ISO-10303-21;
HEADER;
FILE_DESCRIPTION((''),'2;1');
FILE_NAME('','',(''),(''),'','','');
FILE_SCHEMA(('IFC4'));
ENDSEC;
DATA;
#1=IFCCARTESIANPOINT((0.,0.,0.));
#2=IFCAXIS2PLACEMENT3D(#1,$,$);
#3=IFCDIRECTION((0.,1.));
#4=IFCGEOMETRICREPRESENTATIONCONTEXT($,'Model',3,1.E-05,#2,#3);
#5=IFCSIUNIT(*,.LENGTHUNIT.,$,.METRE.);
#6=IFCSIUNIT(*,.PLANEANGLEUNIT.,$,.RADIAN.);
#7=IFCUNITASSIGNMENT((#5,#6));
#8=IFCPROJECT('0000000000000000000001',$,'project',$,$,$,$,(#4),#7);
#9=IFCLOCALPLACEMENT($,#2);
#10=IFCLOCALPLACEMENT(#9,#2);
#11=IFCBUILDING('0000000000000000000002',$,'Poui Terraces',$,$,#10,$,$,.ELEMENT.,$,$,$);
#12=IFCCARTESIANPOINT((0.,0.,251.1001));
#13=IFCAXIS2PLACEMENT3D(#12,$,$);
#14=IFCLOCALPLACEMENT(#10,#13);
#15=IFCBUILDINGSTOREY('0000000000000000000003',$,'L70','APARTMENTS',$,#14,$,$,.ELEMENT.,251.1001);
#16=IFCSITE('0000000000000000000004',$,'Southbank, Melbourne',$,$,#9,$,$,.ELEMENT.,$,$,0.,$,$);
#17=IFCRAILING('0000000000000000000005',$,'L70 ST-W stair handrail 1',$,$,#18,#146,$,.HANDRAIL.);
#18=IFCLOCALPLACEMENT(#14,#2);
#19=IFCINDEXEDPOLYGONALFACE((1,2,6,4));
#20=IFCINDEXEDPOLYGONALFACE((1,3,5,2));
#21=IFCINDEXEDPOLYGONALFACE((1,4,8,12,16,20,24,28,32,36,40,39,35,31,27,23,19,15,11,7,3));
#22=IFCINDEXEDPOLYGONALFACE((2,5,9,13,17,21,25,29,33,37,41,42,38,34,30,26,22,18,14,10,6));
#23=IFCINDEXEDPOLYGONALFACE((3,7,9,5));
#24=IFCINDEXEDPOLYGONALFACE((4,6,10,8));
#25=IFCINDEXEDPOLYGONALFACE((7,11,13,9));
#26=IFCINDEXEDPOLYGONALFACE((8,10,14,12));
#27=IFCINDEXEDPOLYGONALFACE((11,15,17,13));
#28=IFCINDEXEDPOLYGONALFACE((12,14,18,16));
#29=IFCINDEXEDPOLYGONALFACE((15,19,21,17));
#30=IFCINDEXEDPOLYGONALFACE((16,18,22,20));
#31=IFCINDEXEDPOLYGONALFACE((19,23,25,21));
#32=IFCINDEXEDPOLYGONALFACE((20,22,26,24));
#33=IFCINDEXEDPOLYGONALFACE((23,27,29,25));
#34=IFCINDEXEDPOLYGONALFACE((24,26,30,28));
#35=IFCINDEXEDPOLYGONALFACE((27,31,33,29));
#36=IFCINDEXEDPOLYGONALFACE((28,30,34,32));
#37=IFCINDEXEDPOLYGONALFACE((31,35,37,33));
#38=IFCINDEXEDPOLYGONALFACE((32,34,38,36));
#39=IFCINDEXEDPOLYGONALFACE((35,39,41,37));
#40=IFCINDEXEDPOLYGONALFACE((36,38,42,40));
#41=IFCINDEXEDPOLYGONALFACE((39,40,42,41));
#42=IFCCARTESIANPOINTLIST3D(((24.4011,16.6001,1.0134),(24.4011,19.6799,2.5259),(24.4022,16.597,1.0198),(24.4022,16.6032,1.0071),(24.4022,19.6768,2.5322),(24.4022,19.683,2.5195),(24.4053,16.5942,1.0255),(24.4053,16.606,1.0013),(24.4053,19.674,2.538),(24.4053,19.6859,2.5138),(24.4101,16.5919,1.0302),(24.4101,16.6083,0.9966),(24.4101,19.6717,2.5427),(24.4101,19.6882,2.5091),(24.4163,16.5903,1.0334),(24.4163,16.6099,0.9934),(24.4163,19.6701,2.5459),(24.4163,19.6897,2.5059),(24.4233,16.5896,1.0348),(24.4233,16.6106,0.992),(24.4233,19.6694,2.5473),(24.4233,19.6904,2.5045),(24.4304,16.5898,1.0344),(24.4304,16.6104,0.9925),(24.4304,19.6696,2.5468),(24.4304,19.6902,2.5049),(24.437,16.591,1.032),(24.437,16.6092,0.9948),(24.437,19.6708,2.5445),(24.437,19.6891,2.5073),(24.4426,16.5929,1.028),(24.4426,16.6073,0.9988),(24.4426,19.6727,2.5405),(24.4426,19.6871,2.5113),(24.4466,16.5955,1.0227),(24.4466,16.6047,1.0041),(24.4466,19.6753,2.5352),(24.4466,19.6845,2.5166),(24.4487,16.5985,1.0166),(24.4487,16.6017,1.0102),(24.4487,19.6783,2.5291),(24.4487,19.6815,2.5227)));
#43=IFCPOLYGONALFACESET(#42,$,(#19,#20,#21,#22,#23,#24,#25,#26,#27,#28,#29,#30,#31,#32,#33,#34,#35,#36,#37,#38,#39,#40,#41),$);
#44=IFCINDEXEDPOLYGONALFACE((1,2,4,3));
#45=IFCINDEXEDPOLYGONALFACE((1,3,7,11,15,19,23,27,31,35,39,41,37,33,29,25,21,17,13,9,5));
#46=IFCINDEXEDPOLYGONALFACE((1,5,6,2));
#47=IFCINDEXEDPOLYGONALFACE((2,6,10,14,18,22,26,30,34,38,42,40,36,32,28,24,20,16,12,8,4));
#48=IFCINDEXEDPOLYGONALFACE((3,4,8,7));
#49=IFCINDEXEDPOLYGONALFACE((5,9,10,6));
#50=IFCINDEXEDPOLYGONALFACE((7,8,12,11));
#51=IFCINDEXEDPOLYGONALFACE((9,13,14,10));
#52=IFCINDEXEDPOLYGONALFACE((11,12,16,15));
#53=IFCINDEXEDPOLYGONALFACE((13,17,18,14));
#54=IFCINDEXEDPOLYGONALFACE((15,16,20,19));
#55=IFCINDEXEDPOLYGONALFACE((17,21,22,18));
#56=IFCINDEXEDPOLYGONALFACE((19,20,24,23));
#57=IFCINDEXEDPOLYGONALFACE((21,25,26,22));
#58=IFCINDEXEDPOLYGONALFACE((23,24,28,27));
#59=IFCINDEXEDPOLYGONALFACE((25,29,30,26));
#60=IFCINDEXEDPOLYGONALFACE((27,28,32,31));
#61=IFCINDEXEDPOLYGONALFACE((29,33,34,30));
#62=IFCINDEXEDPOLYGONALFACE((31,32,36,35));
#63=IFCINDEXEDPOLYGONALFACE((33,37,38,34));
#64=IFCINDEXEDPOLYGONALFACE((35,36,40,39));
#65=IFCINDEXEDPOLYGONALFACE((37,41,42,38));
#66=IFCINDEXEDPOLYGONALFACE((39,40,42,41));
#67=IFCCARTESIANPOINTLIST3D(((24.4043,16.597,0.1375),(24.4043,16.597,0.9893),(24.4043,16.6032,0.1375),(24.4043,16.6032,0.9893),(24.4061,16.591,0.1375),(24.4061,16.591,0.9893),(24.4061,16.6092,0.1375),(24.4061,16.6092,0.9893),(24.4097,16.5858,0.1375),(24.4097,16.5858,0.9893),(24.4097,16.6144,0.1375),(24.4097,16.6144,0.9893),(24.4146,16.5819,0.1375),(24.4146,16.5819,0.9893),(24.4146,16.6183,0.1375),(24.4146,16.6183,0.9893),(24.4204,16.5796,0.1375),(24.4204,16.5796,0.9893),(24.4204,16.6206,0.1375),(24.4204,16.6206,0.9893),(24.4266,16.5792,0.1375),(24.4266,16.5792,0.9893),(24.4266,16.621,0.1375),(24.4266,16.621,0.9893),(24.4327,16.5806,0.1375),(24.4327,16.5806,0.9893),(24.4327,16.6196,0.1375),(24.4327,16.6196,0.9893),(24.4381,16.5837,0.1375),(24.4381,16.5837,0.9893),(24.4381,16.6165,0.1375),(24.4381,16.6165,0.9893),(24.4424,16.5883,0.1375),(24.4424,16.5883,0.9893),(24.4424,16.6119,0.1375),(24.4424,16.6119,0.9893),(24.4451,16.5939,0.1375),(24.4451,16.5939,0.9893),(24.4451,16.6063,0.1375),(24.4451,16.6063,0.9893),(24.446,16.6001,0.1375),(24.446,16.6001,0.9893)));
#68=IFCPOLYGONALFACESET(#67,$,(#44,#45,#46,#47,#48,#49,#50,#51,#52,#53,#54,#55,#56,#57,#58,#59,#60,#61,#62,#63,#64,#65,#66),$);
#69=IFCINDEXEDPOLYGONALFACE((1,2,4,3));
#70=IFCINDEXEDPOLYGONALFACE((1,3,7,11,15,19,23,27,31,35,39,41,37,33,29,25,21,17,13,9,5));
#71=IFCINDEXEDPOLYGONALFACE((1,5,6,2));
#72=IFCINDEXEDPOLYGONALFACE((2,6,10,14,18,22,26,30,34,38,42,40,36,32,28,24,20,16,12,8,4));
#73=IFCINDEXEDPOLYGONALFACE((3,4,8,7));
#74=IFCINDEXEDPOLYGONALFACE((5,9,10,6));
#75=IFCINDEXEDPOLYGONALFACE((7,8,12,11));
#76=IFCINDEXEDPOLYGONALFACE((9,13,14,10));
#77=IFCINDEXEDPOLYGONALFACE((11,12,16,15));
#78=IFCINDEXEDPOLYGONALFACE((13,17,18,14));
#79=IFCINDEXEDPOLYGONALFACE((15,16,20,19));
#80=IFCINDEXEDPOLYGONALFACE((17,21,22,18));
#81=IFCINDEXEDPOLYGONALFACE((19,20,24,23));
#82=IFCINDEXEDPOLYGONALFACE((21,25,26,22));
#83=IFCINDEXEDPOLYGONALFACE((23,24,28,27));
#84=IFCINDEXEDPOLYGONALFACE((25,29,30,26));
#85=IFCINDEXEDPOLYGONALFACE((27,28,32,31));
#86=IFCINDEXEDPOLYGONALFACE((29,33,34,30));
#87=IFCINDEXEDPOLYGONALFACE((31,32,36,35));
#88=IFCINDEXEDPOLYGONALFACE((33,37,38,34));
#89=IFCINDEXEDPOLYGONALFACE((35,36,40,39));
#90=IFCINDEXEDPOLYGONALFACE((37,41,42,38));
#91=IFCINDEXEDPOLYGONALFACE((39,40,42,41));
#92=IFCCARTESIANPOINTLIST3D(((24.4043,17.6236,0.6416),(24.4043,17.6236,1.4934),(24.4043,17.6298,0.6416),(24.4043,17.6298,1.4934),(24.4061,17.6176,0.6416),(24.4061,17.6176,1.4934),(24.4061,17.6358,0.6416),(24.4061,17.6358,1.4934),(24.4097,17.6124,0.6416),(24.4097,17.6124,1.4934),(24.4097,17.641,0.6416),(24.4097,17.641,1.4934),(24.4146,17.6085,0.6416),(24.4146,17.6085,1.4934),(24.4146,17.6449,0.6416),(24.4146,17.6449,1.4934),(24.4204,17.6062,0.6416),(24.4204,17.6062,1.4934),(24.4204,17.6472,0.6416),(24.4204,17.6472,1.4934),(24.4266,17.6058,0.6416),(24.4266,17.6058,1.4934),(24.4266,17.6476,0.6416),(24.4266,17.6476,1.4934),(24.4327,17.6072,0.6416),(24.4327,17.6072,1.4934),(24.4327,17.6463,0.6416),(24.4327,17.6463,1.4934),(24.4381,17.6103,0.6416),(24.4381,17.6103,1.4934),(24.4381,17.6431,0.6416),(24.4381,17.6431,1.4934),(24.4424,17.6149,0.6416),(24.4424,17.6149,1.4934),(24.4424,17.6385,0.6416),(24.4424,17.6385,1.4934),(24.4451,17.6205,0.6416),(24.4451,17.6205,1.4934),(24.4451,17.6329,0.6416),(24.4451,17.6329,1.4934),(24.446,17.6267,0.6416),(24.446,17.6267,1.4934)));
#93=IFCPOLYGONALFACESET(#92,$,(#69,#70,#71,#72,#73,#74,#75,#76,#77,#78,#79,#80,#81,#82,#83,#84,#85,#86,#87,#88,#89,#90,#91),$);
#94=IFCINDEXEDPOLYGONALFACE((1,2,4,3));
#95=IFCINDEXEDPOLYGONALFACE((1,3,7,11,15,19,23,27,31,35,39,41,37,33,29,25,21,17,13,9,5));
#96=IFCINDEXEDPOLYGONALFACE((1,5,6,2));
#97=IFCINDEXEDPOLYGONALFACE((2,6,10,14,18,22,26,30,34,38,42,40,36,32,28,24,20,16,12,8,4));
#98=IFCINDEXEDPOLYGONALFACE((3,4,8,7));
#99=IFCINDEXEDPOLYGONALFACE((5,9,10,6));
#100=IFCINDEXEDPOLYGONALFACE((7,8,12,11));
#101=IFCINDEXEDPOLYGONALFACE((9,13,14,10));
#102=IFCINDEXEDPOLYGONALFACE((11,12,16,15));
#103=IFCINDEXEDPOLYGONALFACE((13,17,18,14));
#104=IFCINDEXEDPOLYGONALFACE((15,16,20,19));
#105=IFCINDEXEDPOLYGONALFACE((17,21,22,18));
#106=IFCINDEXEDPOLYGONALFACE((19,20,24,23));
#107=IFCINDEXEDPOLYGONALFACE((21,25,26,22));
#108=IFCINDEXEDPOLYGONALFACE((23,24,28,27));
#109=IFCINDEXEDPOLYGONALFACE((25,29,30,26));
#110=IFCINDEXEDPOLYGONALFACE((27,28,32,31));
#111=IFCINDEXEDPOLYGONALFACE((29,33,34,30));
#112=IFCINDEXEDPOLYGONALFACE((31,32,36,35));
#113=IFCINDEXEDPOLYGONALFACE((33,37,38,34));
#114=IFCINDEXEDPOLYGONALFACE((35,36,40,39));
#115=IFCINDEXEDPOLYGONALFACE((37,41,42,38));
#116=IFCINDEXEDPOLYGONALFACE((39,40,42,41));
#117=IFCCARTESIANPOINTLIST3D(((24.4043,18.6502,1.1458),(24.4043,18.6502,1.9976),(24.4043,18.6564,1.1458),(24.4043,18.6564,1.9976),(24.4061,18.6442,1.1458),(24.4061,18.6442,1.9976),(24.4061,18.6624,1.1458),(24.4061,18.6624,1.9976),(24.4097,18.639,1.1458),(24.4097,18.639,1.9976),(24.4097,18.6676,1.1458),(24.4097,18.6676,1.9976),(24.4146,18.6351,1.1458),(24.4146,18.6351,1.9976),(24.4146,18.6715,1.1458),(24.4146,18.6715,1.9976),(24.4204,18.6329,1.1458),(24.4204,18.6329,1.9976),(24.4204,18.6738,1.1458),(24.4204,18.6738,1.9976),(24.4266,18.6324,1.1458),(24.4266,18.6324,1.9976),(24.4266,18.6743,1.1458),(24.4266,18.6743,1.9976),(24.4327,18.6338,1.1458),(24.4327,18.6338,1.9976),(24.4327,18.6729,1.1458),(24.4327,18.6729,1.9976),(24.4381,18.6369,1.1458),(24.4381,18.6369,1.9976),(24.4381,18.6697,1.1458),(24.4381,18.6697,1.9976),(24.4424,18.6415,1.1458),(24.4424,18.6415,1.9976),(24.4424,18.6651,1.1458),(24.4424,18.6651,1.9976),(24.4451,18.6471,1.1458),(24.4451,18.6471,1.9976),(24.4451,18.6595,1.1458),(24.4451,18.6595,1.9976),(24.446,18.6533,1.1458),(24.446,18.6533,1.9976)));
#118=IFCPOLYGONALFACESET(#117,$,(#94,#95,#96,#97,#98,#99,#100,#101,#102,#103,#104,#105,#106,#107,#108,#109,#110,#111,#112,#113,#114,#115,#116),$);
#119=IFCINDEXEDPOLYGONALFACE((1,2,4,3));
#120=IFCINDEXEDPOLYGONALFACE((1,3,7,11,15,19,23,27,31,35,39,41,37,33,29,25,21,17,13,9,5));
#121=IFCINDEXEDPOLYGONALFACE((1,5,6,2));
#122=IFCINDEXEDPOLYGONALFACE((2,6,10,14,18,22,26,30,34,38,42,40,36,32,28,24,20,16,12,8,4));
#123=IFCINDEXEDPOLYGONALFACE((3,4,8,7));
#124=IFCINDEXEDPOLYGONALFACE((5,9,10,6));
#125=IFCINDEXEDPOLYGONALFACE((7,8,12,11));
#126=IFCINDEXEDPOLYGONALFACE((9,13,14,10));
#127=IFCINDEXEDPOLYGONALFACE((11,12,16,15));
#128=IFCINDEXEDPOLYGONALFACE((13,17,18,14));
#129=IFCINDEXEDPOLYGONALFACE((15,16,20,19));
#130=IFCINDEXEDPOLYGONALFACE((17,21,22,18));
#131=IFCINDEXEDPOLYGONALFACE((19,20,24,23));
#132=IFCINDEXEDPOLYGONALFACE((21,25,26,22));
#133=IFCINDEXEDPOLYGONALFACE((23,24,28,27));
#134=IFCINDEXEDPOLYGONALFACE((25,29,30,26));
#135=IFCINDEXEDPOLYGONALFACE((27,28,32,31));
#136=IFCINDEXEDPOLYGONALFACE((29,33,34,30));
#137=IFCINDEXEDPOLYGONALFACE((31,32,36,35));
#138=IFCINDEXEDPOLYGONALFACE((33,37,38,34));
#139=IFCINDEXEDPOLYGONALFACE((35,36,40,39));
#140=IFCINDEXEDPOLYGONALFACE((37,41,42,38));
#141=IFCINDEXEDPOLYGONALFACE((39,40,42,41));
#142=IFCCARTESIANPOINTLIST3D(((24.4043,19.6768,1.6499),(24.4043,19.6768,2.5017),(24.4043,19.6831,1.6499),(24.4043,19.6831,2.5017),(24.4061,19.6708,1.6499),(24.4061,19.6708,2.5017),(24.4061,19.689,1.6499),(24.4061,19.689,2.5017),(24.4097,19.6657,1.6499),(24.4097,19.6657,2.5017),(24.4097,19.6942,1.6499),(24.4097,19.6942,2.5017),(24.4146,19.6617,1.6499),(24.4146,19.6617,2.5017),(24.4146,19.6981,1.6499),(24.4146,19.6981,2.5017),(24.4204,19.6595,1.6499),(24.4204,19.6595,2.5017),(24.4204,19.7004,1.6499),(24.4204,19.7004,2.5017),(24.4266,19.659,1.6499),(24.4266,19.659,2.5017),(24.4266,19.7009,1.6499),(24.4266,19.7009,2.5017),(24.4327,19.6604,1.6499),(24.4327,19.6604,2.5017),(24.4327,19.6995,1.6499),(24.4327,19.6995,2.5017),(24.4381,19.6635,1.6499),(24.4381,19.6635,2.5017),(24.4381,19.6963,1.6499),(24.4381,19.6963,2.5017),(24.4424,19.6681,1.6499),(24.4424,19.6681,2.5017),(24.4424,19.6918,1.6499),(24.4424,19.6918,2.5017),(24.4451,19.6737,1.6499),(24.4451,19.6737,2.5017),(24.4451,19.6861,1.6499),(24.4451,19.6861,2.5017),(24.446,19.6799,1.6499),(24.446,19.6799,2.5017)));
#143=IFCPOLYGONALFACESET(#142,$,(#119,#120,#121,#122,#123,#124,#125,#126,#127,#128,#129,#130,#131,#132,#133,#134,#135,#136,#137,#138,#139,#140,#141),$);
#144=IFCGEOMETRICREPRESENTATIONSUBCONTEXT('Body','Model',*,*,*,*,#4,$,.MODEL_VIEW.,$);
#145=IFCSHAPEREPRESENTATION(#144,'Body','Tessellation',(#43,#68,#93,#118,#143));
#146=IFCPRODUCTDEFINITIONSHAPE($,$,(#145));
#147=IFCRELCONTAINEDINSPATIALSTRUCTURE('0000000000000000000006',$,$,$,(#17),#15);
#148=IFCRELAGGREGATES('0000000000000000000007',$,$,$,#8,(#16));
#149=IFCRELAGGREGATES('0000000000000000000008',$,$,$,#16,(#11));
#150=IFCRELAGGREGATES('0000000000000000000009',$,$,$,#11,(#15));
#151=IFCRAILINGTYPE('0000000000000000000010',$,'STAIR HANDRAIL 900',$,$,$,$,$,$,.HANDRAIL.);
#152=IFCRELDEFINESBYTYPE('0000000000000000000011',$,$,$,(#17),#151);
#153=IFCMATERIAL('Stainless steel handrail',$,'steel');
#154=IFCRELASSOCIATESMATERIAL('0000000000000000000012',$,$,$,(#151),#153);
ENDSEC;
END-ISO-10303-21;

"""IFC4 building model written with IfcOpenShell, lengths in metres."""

from ifc_helpers import new_model, si_unit, direction, frame, origin, origin_2d, place, context, subcontext, project, spatial, circle, extrude, material, type_object, element, save


model = new_model("IFC4")

# Units and contexts
model_context = context("Model", 3, precision=1e-05, world=origin(), true_north=direction((0.0, 1.0)))
body_context = subcontext(model_context, "Body", "Model", "MODEL_VIEW")
ifc_project = project(units=[si_unit("LENGTHUNIT", "METRE"), si_unit("PLANEANGLEUNIT", "RADIAN")], contexts=[model_context])

# Site, building, storey
site_placement = place(None, origin())
site = spatial("IfcSite", under=ifc_project, at=site_placement, Name="Southbank, Melbourne", CompositionType="ELEMENT", RefElevation=0.0)
building_placement = place(site_placement, origin())
building = spatial("IfcBuilding", under=site, at=building_placement, Name="Poui Terraces", CompositionType="ELEMENT")
storey_placement = place(building_placement, frame((0.0, 0.0, 251.1001)))
storey = spatial("IfcBuildingStorey", under=building, at=storey_placement, Name="L70", Description="APARTMENTS", CompositionType="ELEMENT", Elevation=251.1001)

# Railing
ifc_material_1 = material(Name="Stainless steel handrail", Category="steel")
railing_type_1 = type_object("IfcRailingType", Name="STAIR HANDRAIL 900", PredefinedType="HANDRAIL", material=ifc_material_1)
railing_1_placement = place(storey_placement, frame((24.425, 16.6001, 0.1375)))
element("IfcRailing", 1, at=railing_1_placement, inside=storey, type_object=railing_type_1, Name="L70 ST-W stair handrail 1", PredefinedType="HANDRAIL", context=body_context, shape_type="SweptSolid", body=[
    extrude(circle(Radius=0.0239, at=origin_2d()), frame((0.0, 0.0, 0.876), z_axis=(0.0, 0.897606, 0.440798), x_axis=(-1.0, 0.0, 0.0)), (0.0, 0.0, 1.0), 3.4312),
    extrude(circle(Radius=0.021, at=origin_2d()), origin(), (0.0, 0.0, 1.0), 0.8518),
    extrude(circle(Radius=0.021, at=origin_2d()), frame((0.0, 1.0266, 0.5042)), (0.0, 0.0, 1.0), 0.8518),
    extrude(circle(Radius=0.021, at=origin_2d()), frame((0.0, 2.0532, 1.0083)), (0.0, 0.0, 1.0), 0.8518),
    extrude(circle(Radius=0.021, at=origin_2d()), frame((0.0, 3.0798, 1.5125)), (0.0, 0.0, 1.0), 0.8518),
])

save(model, "model.ifc")
